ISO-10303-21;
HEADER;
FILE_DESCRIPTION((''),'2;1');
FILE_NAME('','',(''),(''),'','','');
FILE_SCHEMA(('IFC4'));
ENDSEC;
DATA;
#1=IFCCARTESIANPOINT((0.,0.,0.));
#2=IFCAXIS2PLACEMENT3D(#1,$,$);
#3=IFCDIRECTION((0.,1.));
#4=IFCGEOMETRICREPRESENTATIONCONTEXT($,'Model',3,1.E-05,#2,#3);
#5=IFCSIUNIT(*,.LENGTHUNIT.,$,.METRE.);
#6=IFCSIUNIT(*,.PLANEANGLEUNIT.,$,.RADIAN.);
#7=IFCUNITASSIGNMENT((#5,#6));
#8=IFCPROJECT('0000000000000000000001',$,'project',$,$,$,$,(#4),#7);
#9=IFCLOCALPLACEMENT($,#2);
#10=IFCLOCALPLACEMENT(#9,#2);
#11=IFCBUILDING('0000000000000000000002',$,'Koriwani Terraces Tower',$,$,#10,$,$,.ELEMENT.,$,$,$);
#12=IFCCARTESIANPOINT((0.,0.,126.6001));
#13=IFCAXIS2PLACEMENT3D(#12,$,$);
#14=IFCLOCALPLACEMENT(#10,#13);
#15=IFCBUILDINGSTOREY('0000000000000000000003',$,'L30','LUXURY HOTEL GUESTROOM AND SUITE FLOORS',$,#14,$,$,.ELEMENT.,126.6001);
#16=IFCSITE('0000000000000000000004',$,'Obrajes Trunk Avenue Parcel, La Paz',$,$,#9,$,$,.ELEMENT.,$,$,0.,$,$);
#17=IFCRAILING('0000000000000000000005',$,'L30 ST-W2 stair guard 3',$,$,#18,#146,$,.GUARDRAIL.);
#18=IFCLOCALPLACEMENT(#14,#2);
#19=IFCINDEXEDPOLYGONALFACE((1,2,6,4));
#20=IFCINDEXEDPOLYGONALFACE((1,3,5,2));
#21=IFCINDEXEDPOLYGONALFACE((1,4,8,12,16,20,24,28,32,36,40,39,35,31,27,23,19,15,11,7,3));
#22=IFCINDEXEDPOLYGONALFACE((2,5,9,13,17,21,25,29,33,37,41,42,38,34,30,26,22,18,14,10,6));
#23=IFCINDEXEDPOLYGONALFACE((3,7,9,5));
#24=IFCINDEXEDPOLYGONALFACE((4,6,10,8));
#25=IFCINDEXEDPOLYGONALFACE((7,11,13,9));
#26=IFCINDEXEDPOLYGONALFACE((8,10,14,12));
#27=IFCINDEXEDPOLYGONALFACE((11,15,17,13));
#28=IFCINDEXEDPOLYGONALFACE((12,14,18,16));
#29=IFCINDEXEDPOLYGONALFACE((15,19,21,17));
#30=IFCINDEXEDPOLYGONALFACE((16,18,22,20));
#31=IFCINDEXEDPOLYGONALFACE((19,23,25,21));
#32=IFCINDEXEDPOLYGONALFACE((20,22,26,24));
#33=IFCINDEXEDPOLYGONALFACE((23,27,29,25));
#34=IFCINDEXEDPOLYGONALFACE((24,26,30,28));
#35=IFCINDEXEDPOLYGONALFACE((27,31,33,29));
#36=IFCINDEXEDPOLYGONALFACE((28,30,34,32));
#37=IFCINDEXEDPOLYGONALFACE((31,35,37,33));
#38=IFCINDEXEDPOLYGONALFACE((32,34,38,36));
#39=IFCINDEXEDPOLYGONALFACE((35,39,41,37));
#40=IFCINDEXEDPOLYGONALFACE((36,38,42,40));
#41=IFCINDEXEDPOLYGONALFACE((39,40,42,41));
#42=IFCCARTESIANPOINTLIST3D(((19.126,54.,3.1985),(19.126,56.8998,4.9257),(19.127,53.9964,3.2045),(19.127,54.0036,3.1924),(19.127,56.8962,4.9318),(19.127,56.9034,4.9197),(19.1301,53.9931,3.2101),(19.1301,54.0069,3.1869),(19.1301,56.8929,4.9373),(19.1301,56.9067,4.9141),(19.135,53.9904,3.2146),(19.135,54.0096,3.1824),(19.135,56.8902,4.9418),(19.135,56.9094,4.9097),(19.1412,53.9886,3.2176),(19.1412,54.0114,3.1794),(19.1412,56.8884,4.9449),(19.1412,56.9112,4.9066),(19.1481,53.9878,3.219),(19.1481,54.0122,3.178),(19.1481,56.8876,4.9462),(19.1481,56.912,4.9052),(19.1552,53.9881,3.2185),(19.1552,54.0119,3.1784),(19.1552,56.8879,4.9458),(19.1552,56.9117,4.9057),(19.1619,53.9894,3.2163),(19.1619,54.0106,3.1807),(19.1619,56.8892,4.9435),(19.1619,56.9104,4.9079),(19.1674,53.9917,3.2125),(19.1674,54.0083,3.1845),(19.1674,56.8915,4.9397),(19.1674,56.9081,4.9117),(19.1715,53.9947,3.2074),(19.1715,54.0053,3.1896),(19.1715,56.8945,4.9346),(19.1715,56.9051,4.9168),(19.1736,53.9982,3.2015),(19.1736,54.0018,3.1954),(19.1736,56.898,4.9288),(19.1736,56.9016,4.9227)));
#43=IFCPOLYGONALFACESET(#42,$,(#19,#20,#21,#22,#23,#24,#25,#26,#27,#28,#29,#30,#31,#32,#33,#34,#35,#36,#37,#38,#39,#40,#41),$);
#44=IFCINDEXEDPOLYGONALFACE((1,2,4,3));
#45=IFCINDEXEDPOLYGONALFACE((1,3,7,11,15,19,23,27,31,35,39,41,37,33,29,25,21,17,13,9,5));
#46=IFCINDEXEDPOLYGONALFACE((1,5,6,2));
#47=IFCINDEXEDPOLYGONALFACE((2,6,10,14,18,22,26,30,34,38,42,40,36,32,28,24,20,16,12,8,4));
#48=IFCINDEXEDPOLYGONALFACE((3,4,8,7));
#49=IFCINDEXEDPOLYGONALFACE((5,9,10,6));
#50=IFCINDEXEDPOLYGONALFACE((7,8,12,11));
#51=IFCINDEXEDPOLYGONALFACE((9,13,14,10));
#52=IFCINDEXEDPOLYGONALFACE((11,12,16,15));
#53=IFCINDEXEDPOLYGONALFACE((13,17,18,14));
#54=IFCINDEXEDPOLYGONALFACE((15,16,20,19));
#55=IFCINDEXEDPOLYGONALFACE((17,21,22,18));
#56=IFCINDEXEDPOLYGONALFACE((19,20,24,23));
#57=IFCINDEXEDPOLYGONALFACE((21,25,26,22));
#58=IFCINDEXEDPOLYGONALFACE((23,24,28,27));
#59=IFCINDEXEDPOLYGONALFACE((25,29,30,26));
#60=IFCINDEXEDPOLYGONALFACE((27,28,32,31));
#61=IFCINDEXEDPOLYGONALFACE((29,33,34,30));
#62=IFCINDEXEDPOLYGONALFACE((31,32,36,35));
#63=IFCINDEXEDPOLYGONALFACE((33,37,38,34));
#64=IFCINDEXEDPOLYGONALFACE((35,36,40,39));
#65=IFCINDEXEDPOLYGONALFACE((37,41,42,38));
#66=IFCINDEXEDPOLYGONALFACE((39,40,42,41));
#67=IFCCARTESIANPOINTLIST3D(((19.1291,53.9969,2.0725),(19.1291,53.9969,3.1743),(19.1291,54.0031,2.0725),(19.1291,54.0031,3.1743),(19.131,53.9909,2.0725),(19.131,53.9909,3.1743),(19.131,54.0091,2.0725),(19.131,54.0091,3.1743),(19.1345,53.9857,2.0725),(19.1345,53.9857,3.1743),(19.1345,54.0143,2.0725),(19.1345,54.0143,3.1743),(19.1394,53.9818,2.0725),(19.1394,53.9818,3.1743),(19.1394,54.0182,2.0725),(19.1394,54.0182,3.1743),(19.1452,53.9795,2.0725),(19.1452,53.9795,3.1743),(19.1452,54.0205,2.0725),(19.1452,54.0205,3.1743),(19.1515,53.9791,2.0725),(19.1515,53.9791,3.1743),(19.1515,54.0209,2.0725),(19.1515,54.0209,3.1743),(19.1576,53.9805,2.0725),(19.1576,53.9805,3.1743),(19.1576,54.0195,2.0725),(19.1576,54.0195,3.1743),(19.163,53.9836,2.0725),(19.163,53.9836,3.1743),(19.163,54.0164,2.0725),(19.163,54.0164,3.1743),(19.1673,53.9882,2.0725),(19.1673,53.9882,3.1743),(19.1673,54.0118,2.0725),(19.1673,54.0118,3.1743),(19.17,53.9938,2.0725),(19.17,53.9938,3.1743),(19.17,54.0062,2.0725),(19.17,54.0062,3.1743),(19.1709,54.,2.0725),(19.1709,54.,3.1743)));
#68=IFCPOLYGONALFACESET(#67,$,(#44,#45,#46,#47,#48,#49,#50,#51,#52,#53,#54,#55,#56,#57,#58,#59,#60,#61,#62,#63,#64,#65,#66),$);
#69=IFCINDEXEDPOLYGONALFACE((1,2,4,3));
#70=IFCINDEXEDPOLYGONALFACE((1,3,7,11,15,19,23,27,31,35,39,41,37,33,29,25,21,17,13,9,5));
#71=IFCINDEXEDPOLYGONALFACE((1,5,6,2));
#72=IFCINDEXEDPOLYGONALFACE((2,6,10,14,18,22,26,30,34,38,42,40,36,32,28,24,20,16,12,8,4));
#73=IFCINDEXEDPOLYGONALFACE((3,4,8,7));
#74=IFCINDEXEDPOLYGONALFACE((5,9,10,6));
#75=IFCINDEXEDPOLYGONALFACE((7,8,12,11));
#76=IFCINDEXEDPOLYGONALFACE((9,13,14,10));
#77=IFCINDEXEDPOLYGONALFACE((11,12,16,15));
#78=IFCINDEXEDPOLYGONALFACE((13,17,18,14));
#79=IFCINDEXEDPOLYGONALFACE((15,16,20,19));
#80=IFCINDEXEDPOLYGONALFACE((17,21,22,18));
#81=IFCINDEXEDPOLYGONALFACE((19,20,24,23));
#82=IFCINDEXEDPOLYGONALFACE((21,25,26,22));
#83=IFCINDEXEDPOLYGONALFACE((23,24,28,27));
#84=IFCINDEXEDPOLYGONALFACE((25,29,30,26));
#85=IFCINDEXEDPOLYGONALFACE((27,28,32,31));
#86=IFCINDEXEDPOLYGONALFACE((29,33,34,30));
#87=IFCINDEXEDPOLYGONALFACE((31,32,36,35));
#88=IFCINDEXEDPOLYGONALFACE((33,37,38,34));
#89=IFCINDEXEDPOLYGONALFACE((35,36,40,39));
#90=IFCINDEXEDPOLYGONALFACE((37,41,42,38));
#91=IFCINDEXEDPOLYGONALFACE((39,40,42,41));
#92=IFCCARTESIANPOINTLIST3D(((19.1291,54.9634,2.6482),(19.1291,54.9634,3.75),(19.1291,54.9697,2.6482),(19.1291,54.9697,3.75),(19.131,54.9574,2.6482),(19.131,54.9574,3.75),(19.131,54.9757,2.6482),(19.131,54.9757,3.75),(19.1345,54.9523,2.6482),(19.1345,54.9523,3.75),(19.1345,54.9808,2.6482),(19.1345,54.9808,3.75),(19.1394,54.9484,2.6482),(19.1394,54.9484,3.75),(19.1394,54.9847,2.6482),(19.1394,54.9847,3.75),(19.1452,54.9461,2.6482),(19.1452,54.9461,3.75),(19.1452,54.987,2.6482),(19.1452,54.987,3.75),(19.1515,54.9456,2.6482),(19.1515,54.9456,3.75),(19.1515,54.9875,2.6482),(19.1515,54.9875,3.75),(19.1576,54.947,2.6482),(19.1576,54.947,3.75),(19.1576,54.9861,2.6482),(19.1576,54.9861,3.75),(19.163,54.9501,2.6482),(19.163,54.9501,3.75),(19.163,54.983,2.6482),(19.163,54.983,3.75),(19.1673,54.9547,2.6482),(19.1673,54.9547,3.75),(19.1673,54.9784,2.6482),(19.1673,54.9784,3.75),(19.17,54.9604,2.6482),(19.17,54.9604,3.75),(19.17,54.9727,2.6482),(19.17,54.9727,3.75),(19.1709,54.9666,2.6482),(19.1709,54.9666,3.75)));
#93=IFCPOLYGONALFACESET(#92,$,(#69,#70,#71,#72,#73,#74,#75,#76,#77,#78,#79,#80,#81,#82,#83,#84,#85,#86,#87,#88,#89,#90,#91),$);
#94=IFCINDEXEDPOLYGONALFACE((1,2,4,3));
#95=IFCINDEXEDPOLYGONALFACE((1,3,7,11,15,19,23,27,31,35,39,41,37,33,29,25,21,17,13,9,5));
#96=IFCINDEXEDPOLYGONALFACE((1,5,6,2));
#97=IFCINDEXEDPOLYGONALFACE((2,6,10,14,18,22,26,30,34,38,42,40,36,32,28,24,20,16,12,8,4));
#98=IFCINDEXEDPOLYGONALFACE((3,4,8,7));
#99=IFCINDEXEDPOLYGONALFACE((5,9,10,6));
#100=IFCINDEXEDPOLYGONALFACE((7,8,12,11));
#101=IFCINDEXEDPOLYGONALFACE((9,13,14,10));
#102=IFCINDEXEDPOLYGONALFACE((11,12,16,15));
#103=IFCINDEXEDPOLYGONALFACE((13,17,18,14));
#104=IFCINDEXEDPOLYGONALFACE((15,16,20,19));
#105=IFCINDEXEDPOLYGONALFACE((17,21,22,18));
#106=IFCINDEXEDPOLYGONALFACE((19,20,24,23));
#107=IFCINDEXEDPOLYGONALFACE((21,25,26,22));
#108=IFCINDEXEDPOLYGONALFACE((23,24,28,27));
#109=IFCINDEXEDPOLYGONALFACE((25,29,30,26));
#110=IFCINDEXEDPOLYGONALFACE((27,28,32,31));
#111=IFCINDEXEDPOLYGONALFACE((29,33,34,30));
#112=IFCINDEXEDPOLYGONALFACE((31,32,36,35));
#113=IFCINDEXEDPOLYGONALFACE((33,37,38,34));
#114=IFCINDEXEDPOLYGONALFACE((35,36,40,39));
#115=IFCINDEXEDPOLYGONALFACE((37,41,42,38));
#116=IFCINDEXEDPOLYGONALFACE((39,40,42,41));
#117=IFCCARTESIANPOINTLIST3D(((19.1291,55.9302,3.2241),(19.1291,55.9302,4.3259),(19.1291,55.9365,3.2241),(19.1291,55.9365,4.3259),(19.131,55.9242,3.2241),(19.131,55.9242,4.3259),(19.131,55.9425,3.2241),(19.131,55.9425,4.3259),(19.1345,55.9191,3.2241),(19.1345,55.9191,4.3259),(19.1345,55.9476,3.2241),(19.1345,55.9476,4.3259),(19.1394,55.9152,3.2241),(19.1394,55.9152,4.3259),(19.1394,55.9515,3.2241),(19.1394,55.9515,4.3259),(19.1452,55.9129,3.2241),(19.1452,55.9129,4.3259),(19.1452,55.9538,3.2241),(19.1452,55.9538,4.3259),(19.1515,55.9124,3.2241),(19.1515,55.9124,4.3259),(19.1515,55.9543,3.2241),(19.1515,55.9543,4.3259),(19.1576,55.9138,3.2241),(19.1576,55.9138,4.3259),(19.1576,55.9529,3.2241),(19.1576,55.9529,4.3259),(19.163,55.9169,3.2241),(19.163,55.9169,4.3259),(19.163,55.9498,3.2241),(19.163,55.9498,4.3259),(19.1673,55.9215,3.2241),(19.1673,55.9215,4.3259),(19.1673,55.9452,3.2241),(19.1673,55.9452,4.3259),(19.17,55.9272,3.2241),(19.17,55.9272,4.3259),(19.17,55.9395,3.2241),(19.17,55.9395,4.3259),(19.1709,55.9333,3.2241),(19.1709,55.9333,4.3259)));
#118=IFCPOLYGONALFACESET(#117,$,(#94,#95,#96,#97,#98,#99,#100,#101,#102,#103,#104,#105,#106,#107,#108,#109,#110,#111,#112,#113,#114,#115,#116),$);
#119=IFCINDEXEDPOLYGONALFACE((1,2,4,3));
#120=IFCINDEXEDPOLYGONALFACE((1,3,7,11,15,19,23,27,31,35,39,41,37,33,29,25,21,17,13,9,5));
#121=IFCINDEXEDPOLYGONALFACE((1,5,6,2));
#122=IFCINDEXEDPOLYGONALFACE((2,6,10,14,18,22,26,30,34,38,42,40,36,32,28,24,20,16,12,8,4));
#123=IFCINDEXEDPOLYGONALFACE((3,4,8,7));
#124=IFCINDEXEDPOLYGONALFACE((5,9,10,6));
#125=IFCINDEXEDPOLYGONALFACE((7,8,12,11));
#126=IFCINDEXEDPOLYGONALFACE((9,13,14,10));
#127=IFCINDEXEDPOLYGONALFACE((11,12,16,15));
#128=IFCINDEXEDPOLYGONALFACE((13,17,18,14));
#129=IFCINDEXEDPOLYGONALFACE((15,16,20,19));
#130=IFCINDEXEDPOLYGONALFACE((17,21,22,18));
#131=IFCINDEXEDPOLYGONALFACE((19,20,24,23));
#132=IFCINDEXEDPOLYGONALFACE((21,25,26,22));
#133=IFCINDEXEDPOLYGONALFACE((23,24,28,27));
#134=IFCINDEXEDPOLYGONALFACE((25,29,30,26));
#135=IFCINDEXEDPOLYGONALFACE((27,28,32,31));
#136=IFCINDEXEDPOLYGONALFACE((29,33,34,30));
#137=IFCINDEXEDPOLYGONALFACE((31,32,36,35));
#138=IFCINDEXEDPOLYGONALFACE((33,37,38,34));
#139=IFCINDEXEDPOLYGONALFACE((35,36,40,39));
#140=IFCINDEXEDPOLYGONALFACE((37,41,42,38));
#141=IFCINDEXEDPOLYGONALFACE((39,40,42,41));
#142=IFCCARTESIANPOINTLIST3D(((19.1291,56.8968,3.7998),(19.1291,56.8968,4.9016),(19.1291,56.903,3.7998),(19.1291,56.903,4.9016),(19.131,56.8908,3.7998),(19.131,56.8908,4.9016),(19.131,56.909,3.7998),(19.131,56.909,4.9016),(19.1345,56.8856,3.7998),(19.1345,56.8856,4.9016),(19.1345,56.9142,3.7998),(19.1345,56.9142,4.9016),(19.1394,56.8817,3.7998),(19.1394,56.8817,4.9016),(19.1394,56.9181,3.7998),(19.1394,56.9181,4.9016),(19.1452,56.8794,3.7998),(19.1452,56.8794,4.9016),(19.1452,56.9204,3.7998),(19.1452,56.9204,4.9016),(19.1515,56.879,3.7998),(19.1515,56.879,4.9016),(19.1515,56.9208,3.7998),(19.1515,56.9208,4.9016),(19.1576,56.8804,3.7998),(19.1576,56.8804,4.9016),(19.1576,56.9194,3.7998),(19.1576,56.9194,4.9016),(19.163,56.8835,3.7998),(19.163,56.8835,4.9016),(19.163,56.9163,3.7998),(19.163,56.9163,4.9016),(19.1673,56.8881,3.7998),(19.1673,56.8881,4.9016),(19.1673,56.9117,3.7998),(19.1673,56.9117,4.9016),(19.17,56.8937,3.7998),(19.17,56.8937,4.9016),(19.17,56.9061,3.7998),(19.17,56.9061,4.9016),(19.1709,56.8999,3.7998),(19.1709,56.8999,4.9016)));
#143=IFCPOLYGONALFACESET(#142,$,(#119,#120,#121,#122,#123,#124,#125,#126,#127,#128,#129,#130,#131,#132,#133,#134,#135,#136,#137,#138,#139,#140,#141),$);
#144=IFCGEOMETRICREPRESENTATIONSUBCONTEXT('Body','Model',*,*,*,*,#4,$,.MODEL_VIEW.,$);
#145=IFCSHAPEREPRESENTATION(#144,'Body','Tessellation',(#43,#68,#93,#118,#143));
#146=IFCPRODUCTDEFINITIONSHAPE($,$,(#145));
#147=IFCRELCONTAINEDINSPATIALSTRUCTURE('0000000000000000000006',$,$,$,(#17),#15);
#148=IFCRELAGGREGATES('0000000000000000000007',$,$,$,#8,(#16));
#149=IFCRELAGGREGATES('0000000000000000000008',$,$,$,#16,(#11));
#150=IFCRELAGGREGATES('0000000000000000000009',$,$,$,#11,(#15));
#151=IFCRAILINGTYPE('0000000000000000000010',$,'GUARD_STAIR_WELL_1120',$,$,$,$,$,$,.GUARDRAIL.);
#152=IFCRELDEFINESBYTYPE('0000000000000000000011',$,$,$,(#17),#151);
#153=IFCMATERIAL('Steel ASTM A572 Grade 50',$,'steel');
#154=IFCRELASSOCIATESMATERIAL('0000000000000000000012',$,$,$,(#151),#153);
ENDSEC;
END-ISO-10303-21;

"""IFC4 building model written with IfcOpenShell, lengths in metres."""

from ifc_helpers import new_model, si_unit, direction, frame, origin, origin_2d, place, context, subcontext, project, spatial, circle, extrude, material, type_object, element, save


model = new_model("IFC4")

# Units and contexts
model_context = context("Model", 3, precision=1e-05, world=origin(), true_north=direction((0.0, 1.0)))
body_context = subcontext(model_context, "Body", "Model", "MODEL_VIEW")
ifc_project = project(units=[si_unit("LENGTHUNIT", "METRE"), si_unit("PLANEANGLEUNIT", "RADIAN")], contexts=[model_context])

# Site, building, storey
site_placement = place(None, origin())
site = spatial("IfcSite", under=ifc_project, at=site_placement, Name="Obrajes Trunk Avenue Parcel, La Paz", CompositionType="ELEMENT", RefElevation=0.0)
building_placement = place(site_placement, origin())
building = spatial("IfcBuilding", under=site, at=building_placement, Name="Koriwani Terraces Tower", CompositionType="ELEMENT")
storey_placement = place(building_placement, frame((0.0, 0.0, 126.6001)))
storey = spatial("IfcBuildingStorey", under=building, at=storey_placement, Name="L30", Description="LUXURY HOTEL GUESTROOM AND SUITE FLOORS", CompositionType="ELEMENT", Elevation=126.6001)

# Shared definitions
ifc_material_1 = material(Name="Steel ASTM A572 Grade 50", Category="steel")

# Railing
railing_type_1 = type_object("IfcRailingType", Name="GUARD_STAIR_WELL_1120", PredefinedType="GUARDRAIL", material=ifc_material_1)
railing_1_placement = place(storey_placement, frame((19.1499, 54.0, 2.0725)))
element("IfcRailing", 1, at=railing_1_placement, inside=storey, type_object=railing_type_1, Name="L30 ST-W2 stair guard 3", PredefinedType="GUARDRAIL", context=body_context, shape_type="SweptSolid", body=[
    extrude(circle(Radius=0.0239, at=origin_2d()), frame((0.0, 0.0, 1.126), z_axis=(0.0, 0.859141, 0.511738), x_axis=(-1.0, 0.0, 0.0)), (0.0, 0.0, 1.0), 3.3752),
    extrude(circle(Radius=0.021, at=origin_2d()), origin(), (0.0, 0.0, 1.0), 1.1018),
    extrude(circle(Radius=0.021, at=origin_2d()), frame((0.0, 0.9666, 0.5757)), (0.0, 0.0, 1.0), 1.1018),
    extrude(circle(Radius=0.021, at=origin_2d()), frame((0.0, 1.9333, 1.1516)), (0.0, 0.0, 1.0), 1.1018),
    extrude(circle(Radius=0.021, at=origin_2d()), frame((0.0, 2.8999, 1.7273)), (0.0, 0.0, 1.0), 1.1018),
])

save(model, "model.ifc")
